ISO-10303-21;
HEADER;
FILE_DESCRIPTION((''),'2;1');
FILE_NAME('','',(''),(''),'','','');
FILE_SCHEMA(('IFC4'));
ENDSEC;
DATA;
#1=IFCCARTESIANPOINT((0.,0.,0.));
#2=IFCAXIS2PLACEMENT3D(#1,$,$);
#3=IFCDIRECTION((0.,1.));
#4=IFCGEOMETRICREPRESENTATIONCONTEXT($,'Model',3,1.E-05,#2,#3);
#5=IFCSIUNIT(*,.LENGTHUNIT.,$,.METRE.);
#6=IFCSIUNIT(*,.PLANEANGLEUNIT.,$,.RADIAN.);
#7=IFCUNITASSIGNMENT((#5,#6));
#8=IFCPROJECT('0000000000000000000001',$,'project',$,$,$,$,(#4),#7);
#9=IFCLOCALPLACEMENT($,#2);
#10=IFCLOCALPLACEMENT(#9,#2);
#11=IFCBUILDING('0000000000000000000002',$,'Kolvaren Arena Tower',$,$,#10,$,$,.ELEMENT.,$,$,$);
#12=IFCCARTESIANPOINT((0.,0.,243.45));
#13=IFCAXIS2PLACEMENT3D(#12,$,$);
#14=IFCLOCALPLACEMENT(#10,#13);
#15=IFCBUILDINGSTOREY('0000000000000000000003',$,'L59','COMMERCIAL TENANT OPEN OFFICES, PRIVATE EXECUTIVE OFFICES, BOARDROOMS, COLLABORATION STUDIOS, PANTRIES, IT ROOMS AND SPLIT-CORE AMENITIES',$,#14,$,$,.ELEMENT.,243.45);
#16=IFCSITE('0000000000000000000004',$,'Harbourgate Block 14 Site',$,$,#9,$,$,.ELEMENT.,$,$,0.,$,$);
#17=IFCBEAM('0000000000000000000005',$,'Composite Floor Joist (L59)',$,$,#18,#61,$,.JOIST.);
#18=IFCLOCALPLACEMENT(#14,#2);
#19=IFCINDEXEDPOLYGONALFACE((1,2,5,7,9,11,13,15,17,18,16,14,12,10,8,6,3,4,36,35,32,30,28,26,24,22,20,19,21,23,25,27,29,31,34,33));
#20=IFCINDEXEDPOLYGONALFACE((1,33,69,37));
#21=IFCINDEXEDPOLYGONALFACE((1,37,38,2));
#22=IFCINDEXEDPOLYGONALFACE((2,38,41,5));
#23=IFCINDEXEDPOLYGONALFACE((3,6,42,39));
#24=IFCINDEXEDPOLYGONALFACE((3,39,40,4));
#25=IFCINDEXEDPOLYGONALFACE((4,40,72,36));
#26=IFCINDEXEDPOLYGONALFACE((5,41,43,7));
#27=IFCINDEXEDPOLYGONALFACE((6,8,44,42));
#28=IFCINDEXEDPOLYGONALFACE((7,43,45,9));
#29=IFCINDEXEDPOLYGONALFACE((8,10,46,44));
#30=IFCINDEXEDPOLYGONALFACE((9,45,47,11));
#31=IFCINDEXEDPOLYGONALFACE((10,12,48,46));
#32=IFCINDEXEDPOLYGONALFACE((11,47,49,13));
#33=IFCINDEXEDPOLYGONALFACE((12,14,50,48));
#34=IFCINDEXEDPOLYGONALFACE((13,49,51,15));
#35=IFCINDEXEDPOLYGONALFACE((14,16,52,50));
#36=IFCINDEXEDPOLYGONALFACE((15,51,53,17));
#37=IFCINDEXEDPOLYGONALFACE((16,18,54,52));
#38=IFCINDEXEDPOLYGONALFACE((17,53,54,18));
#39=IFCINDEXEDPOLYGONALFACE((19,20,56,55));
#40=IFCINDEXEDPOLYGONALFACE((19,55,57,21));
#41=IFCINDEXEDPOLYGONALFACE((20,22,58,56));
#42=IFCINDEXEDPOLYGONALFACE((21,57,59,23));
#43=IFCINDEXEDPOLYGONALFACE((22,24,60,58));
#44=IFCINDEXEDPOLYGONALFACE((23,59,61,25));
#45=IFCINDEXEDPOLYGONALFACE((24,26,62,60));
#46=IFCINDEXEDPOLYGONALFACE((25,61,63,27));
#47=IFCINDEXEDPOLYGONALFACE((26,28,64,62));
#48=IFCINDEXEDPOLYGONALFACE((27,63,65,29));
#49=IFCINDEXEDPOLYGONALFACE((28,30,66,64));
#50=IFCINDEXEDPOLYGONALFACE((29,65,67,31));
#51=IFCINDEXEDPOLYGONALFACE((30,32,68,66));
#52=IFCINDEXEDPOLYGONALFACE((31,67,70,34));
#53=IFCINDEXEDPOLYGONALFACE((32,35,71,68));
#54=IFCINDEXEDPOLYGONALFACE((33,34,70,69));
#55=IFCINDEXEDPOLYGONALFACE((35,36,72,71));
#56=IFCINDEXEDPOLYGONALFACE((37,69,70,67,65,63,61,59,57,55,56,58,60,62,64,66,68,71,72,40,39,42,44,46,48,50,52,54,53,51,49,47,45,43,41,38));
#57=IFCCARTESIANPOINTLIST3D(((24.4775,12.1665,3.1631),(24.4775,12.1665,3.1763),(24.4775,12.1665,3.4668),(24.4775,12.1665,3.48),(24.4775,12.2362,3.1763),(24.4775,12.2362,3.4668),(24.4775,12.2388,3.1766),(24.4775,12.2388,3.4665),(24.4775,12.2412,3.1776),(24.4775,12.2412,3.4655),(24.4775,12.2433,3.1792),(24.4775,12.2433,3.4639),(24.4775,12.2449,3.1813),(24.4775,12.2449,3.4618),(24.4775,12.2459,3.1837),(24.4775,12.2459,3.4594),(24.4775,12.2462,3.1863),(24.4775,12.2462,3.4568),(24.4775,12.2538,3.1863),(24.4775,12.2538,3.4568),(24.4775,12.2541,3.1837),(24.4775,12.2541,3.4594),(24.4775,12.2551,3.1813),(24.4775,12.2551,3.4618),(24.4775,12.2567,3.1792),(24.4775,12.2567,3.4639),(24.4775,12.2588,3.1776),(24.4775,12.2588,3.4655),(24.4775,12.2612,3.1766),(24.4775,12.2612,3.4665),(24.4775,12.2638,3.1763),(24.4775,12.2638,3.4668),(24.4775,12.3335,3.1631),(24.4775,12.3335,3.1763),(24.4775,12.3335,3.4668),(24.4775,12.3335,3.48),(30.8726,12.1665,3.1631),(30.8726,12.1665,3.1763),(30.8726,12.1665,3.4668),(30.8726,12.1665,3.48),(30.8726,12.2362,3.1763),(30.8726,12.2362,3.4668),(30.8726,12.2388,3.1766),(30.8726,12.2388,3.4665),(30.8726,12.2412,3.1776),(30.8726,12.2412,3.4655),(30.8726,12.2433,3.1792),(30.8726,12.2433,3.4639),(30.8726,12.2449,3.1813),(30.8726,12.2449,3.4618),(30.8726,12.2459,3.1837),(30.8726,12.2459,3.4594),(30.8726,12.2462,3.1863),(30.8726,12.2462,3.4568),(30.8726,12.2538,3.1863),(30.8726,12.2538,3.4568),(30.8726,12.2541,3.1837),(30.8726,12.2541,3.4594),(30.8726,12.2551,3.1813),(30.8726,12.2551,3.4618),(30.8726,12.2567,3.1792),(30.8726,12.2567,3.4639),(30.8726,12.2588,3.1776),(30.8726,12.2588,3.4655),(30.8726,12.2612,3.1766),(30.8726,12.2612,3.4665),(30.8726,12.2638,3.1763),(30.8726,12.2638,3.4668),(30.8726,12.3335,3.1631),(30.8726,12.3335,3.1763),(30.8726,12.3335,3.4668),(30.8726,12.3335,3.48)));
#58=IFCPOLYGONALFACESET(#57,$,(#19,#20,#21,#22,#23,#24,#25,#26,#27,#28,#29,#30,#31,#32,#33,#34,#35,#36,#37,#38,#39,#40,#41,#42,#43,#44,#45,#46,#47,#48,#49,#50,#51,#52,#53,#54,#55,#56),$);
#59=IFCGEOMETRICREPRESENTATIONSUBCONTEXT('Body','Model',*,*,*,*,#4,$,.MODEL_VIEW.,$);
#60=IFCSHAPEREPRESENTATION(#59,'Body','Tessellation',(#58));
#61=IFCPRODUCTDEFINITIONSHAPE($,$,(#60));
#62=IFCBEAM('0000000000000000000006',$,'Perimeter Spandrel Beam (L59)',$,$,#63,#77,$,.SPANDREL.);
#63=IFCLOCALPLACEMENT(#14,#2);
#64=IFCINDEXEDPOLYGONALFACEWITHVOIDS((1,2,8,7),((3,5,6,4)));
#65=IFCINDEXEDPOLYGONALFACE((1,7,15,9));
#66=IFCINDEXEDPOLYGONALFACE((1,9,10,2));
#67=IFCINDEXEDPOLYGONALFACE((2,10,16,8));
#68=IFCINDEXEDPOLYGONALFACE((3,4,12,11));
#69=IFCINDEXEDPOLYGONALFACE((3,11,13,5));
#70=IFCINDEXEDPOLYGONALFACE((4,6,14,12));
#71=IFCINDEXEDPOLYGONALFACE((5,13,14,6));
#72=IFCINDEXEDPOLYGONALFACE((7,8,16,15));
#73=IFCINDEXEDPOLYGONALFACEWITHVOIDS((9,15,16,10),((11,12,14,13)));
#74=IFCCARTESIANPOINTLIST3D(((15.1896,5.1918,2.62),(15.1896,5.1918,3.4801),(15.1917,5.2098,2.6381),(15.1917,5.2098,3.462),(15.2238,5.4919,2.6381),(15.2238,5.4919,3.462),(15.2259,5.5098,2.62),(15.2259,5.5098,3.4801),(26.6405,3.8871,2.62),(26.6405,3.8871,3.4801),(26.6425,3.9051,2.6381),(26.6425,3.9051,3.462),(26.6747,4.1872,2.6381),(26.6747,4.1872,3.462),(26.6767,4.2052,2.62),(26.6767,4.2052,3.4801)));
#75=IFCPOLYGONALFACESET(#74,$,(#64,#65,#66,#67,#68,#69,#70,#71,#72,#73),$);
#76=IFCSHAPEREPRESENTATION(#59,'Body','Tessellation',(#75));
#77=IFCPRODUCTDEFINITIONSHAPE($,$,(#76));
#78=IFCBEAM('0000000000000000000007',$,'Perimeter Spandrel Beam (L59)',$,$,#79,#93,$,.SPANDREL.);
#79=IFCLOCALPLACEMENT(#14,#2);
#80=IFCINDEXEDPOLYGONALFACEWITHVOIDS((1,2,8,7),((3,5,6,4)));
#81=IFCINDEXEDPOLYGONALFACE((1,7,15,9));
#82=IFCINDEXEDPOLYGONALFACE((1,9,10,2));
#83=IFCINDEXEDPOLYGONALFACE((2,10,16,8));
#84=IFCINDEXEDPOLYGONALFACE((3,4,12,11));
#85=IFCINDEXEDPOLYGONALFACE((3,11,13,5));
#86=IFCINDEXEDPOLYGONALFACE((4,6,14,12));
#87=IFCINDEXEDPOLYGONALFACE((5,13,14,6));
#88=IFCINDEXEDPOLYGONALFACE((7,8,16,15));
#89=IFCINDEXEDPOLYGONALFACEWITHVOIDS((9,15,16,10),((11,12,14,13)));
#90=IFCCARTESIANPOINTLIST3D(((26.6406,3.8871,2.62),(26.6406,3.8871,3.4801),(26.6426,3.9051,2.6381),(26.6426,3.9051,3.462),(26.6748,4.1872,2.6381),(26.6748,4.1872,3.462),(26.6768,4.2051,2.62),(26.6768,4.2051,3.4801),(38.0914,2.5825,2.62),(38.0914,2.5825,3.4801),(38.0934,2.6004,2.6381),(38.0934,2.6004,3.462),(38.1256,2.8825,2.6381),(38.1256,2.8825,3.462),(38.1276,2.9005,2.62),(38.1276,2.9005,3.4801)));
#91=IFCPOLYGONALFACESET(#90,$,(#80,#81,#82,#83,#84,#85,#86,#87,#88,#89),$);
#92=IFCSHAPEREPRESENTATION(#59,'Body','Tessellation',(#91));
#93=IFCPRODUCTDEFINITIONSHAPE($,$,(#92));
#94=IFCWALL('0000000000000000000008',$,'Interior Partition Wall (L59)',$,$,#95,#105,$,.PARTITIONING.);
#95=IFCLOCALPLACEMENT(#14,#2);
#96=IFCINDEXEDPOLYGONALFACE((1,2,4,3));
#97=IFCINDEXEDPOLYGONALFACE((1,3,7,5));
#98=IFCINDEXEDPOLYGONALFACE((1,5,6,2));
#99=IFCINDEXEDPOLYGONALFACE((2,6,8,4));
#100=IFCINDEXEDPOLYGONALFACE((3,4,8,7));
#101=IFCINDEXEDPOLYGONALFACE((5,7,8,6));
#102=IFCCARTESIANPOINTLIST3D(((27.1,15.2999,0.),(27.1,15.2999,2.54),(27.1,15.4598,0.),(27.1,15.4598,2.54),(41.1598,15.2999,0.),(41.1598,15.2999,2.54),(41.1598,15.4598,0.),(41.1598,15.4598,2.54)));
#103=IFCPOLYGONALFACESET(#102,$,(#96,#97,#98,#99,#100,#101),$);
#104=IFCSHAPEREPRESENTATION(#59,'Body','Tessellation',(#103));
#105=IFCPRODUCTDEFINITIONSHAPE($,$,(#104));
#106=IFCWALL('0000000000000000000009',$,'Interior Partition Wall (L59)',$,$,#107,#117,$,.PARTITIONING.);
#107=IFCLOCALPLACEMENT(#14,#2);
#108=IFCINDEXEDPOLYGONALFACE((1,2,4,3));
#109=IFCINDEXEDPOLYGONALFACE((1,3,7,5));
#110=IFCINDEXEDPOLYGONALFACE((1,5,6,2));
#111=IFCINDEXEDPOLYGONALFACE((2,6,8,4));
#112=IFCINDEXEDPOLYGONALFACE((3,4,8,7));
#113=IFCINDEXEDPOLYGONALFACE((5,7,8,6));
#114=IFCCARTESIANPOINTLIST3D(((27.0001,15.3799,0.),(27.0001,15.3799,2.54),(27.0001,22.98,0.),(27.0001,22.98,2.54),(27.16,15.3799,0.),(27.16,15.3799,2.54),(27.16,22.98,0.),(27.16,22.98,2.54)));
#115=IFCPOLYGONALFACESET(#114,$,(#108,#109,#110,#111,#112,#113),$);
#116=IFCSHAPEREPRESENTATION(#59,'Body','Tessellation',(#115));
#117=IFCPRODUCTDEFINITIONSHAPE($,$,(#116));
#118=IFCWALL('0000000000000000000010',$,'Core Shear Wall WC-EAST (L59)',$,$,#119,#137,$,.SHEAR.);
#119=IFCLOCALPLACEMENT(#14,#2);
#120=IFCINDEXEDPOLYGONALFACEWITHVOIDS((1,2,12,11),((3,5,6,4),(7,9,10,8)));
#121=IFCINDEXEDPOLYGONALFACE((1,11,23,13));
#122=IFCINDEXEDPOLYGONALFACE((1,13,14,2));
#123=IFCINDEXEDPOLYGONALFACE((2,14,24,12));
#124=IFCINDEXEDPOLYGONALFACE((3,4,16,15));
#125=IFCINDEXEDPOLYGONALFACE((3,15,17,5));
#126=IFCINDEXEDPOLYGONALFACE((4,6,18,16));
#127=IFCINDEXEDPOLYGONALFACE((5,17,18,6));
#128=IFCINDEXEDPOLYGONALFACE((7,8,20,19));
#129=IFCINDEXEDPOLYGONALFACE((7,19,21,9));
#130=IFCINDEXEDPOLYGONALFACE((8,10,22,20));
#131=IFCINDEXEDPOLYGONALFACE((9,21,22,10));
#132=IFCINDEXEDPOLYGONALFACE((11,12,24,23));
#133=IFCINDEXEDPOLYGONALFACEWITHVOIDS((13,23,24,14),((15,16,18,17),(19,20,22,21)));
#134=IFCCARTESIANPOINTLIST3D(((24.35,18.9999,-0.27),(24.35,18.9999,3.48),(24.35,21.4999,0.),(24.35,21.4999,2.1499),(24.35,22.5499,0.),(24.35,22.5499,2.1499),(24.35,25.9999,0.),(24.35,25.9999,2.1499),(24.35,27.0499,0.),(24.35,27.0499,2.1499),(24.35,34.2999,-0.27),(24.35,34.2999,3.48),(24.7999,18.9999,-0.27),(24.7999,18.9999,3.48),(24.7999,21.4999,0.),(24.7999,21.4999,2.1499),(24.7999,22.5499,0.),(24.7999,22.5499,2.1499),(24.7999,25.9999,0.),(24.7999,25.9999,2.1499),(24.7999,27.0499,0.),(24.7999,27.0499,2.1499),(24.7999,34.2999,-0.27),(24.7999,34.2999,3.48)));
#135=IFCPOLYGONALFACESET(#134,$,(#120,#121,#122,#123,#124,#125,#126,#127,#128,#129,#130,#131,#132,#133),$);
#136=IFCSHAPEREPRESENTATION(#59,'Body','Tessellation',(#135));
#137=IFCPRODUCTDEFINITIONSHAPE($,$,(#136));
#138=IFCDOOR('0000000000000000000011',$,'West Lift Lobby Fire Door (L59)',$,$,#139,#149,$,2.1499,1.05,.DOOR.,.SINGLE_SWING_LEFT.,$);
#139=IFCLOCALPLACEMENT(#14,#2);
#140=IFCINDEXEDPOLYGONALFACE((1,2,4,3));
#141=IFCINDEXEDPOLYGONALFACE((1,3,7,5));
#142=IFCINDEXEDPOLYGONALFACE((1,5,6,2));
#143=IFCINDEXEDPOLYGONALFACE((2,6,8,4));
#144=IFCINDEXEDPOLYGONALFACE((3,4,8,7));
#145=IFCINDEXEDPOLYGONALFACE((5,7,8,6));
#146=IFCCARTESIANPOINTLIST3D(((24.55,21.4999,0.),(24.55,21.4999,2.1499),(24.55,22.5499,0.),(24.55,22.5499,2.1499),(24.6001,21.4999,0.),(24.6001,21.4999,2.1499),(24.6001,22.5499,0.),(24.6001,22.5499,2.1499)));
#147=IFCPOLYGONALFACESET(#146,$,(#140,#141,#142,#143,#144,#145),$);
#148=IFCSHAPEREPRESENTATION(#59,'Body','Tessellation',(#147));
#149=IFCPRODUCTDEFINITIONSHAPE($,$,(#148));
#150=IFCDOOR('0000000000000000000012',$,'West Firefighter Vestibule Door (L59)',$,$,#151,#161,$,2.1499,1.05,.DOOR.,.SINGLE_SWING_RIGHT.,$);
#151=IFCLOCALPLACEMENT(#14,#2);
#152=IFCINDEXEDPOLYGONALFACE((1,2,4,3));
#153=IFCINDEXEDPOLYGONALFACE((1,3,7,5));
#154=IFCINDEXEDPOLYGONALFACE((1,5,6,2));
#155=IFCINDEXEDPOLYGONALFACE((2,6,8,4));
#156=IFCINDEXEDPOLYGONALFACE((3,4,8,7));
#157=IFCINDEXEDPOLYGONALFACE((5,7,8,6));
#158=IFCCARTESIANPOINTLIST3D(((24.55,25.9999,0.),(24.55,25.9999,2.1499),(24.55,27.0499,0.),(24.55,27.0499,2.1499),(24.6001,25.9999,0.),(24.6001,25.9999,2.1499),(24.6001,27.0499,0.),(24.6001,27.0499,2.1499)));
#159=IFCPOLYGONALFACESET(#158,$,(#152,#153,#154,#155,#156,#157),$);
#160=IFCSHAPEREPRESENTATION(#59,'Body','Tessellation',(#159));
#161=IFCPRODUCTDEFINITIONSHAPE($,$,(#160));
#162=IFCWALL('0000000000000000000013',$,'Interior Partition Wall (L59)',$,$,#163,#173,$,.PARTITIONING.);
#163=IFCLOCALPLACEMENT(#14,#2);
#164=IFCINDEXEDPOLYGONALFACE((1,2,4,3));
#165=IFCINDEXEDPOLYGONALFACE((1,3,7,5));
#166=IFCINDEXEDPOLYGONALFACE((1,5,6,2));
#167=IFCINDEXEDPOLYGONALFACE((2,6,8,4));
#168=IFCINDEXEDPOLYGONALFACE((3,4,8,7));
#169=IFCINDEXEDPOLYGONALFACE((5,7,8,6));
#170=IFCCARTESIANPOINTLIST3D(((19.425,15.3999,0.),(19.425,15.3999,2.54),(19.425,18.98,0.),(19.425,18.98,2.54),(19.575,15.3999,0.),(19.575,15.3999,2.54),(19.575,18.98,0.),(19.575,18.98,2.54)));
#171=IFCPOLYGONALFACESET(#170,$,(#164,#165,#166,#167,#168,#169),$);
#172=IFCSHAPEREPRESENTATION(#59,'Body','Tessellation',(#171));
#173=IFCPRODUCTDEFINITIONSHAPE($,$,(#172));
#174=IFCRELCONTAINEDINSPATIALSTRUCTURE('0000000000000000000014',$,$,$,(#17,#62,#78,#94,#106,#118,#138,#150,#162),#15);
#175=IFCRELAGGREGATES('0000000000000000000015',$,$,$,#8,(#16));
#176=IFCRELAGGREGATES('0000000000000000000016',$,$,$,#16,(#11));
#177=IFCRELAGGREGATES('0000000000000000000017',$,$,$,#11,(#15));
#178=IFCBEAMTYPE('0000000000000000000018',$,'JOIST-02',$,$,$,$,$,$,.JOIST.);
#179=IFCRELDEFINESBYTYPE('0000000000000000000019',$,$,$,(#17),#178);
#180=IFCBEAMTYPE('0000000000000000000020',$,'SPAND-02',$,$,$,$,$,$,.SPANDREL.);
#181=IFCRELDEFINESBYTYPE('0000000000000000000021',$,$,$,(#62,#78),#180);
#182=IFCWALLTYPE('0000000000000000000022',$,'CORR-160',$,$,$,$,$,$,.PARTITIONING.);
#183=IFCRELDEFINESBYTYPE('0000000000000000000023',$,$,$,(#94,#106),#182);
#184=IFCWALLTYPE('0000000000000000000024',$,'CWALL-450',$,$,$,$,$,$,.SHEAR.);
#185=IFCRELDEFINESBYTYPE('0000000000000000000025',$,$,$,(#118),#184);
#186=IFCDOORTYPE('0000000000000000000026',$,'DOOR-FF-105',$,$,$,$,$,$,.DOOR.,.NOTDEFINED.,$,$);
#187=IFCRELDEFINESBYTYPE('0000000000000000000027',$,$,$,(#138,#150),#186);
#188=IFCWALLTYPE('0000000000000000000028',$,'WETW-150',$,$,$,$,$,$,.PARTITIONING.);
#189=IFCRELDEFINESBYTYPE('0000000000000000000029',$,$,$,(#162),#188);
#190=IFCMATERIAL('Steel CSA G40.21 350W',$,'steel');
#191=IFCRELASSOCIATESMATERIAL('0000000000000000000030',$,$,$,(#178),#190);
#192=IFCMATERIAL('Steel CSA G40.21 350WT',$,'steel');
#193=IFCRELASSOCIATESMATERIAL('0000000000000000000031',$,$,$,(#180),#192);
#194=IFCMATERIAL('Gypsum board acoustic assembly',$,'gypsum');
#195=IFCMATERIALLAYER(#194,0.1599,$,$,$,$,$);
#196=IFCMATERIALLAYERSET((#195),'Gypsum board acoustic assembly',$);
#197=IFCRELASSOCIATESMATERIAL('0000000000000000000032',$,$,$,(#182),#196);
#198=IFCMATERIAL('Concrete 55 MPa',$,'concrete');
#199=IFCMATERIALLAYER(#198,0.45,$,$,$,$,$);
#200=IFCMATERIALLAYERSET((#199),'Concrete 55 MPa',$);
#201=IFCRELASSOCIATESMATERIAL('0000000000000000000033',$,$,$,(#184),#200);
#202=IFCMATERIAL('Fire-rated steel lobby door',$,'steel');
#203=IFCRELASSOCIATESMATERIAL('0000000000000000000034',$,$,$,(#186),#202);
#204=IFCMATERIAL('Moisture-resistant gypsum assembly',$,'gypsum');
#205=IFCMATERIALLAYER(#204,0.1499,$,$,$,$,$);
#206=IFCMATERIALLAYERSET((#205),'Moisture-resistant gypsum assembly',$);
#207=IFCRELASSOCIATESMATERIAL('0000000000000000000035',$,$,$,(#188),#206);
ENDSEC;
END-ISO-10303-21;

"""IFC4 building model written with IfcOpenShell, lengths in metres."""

from ifc_helpers import new_model, si_unit, direction, frame, frame_2d, origin, origin_2d, place, context, subcontext, project, spatial, rectangle, hollow_rectangle, i_section, extrude, material, layer, layer_set, material_profile, profile_set, type_object, element, fill, save


model = new_model("IFC4")

# Units and contexts
model_context = context("Model", 3, precision=1e-05, world=origin(), true_north=direction((0.0, 1.0)))
body_context = subcontext(model_context, "Body", "Model", "MODEL_VIEW")
ifc_project = project(units=[si_unit("LENGTHUNIT", "METRE"), si_unit("PLANEANGLEUNIT", "RADIAN")], contexts=[model_context])

# Site, building, storey
site_placement = place(None, origin())
site = spatial("IfcSite", under=ifc_project, at=site_placement, Name="Harbourgate Block 14 Site", CompositionType="ELEMENT", RefElevation=0.0)
building_placement = place(site_placement, origin())
building = spatial("IfcBuilding", under=site, at=building_placement, Name="Kolvaren Arena Tower", CompositionType="ELEMENT")
storey_placement = place(building_placement, frame((0.0, 0.0, 243.45)))
storey = spatial("IfcBuildingStorey", under=building, at=storey_placement, Name="L59", Description="COMMERCIAL TENANT OPEN OFFICES, PRIVATE EXECUTIVE OFFICES, BOARDROOMS, COLLABORATION STUDIOS, PANTRIES, IT ROOMS AND SPLIT-CORE AMENITIES", CompositionType="ELEMENT", Elevation=243.45)

# Beams
ifc_material_1 = material(Name="Steel CSA G40.21 350W", Category="steel")
ifc_material_profile_1 = material_profile(ifc_material_1, i_section(OverallWidth=0.167, OverallDepth=0.3169, WebThickness=0.0076, FlangeThickness=0.0132, FilletRadius=0.01, at=origin_2d()), Name="W310x52")
ifc_profile_set_1 = profile_set([ifc_material_profile_1], Name="Steel CSA G40.21 350W")
beam_type_1 = type_object("IfcBeamType", Name="JOIST-02", PredefinedType="JOIST", material=ifc_profile_set_1)
for number, where, z_axis, x_axis, name in (
    (1, (24.4775, 12.25, 3.3215), (1.0, 0.0, 0.0), (0.0, 1.0, 0.0), "Composite Floor Joist (L59)"),
):
    element("IfcBeam", number, at=place(storey_placement, frame(where, z_axis=z_axis, x_axis=x_axis)), inside=storey, type_object=beam_type_1, Name=name, PredefinedType="JOIST", context=body_context, shape_type="SweptSolid", body=[
        extrude(i_section(OverallWidth=0.167, OverallDepth=0.3169, WebThickness=0.0076, FlangeThickness=0.0132, FilletRadius=0.01, at=origin_2d()), origin(), (0.0, 0.0, 1.0), 6.395),
    ])
ifc_material_2 = material(Name="Steel CSA G40.21 350WT", Category="steel")
ifc_material_profile_2 = material_profile(ifc_material_2, hollow_rectangle(XDim=0.3201, YDim=0.8601, WallThickness=0.0181, at=origin_2d()), Name="HSS 860x320x18")
ifc_profile_set_2 = profile_set([ifc_material_profile_2], Name="Steel CSA G40.21 350WT")
beam_type_2 = type_object("IfcBeamType", Name="SPAND-02", PredefinedType="SPANDREL", material=ifc_profile_set_2)
for number, where, z_axis, x_axis, name in (
    (2, (15.2078, 5.3508, 3.05), (0.993572, -0.113205, 0.0), (0.113205, 0.993572, 0.0), "Perimeter Spandrel Beam (L59)"),
    (3, (26.6587, 4.0461, 3.05), (0.993572, -0.113205, 0.0), (0.113205, 0.993572, 0.0), "Perimeter Spandrel Beam (L59)"),
):
    element("IfcBeam", number, at=place(storey_placement, frame(where, z_axis=z_axis, x_axis=x_axis)), inside=storey, type_object=beam_type_2, Name=name, PredefinedType="SPANDREL", context=body_context, shape_type="SweptSolid", body=[
        extrude(hollow_rectangle(XDim=0.3201, YDim=0.8601, WallThickness=0.0181, at=origin_2d()), origin(), (0.0, 0.0, 1.0), 11.5249),
    ])

# Walls
ifc_material_3 = material(Name="Gypsum board acoustic assembly", Category="gypsum")
ifc_layer_1 = layer(ifc_material_3, 0.1599)
ifc_layer_set_1 = layer_set([ifc_layer_1], Name="Gypsum board acoustic assembly")
wall_type_1 = type_object("IfcWallType", Name="CORR-160", PredefinedType="PARTITIONING", material=ifc_layer_set_1)
wall_1_placement = place(storey_placement, frame((27.1001, 15.3799, 0.0), z_axis=(0.0, 0.0, 1.0), x_axis=(1.0, 0.0, 0.0)))
element("IfcWall", 4, at=wall_1_placement, inside=storey, type_object=wall_type_1, Name="Interior Partition Wall (L59)", PredefinedType="PARTITIONING", context=body_context, shape_type="SweptSolid", body=[
    extrude(rectangle(XDim=14.0598, YDim=0.1599, at=frame_2d((7.0298, 0.0))), origin(), (0.0, 0.0, 1.0), 2.54),
])
wall_2_placement = place(storey_placement, frame((27.0801, 15.3799, 0.0), z_axis=(0.0, 0.0, 1.0), x_axis=(0.0, 1.0, 0.0)))
element("IfcWall", 5, at=wall_2_placement, inside=storey, type_object=wall_type_1, Name="Interior Partition Wall (L59)", PredefinedType="PARTITIONING", context=body_context, shape_type="SweptSolid", body=[
    extrude(rectangle(XDim=7.6001, YDim=0.1599, at=frame_2d((3.8, 0.0))), origin(), (0.0, 0.0, 1.0), 2.54),
])

# Wall, openings, doors
ifc_material_4 = material(Name="Concrete 55 MPa", Category="concrete")
ifc_layer_2 = layer(ifc_material_4, 0.45)
ifc_layer_set_2 = layer_set([ifc_layer_2], Name="Concrete 55 MPa")
wall_type_2 = type_object("IfcWallType", Name="CWALL-450", PredefinedType="SHEAR", material=ifc_layer_set_2)
wall_3_placement = place(storey_placement, frame((24.575, 19.0, -0.27), z_axis=(0.0, 0.0, 1.0), x_axis=(0.0, 1.0, 0.0)))
wall_3 = element("IfcWall", 6, at=wall_3_placement, inside=storey, type_object=wall_type_2, Name="Core Shear Wall WC-EAST (L59)", PredefinedType="SHEAR", context=body_context, shape_type="SweptSolid", body=[
    extrude(rectangle(XDim=15.3, YDim=0.45, at=frame_2d((7.6499, 0.0))), origin(), (0.0, 0.0, 1.0), 3.75),
])
opening_1_placement = place(wall_3_placement, frame((2.5, 0.0, 0.27)))
opening_1 = element("IfcOpeningElement", 7, at=opening_1_placement, cuts=wall_3, PredefinedType="OPENING", context=body_context, shape_type="SweptSolid", body=[
    extrude(rectangle(XDim=1.05, YDim=2.1499, at=frame_2d((0.5249, 1.075))), frame((0.0, 0.2349, 0.0), z_axis=(0.0, -1.0, 0.0), x_axis=(1.0, 0.0, 0.0)), (0.0, 0.0, 1.0), 0.47),
])
opening_2_placement = place(wall_3_placement, frame((7.0, 0.0, 0.27)))
opening_2 = element("IfcOpeningElement", 8, at=opening_2_placement, cuts=wall_3, PredefinedType="OPENING", context=body_context, shape_type="SweptSolid", body=[
    extrude(rectangle(XDim=1.05, YDim=2.1499, at=frame_2d((0.5249, 1.075))), frame((0.0, 0.2349, 0.0), z_axis=(0.0, -1.0, 0.0), x_axis=(1.0, 0.0, 0.0)), (0.0, 0.0, 1.0), 0.47),
])
ifc_material_5 = material(Name="Fire-rated steel lobby door", Category="steel")
door_type = type_object("IfcDoorType", Name="DOOR-FF-105", OperationType="NOTDEFINED", PredefinedType="DOOR", material=ifc_material_5)
door_1_placement = place(opening_1_placement, origin())
door_1 = element("IfcDoor", 9, at=door_1_placement, inside=storey, type_object=door_type, Name="West Lift Lobby Fire Door (L59)", OperationType="SINGLE_SWING_LEFT", OverallHeight=2.1499, OverallWidth=1.05, PredefinedType="DOOR", context=body_context, shape_type="SweptSolid", body=[
    extrude(rectangle(XDim=1.05, YDim=2.1499, at=frame_2d((0.5249, 1.075))), frame((0.0, 0.0249, 0.0), z_axis=(0.0, -1.0, 0.0), x_axis=(1.0, 0.0, 0.0)), (0.0, 0.0, 1.0), 0.05),
])
fill(opening_1, door_1)
door_2_placement = place(opening_2_placement, origin())
door_2 = element("IfcDoor", 10, at=door_2_placement, inside=storey, type_object=door_type, Name="West Firefighter Vestibule Door (L59)", OperationType="SINGLE_SWING_RIGHT", OverallHeight=2.1499, OverallWidth=1.05, PredefinedType="DOOR", context=body_context, shape_type="SweptSolid", body=[
    extrude(rectangle(XDim=1.05, YDim=2.1499, at=frame_2d((0.5249, 1.075))), frame((0.0, 0.0249, 0.0), z_axis=(0.0, -1.0, 0.0), x_axis=(1.0, 0.0, 0.0)), (0.0, 0.0, 1.0), 0.05),
])
fill(opening_2, door_2)

# Wall
ifc_material_6 = material(Name="Moisture-resistant gypsum assembly", Category="gypsum")
ifc_layer_3 = layer(ifc_material_6, 0.1499)
ifc_layer_set_3 = layer_set([ifc_layer_3], Name="Moisture-resistant gypsum assembly")
wall_type_3 = type_object("IfcWallType", Name="WETW-150", PredefinedType="PARTITIONING", material=ifc_layer_set_3)
for number, where, z_axis, x_axis, name in (
    (11, (19.5, 15.3999, 0.0), (0.0, 0.0, 1.0), (0.0, 1.0, 0.0), "Interior Partition Wall (L59)"),
):
    element("IfcWall", number, at=place(storey_placement, frame(where, z_axis=z_axis, x_axis=x_axis)), inside=storey, type_object=wall_type_3, Name=name, PredefinedType="PARTITIONING", context=body_context, shape_type="SweptSolid", body=[
        extrude(rectangle(XDim=3.5801, YDim=0.1499, at=frame_2d((1.79, 0.0))), origin(), (0.0, 0.0, 1.0), 2.54),
    ])

save(model, "model.ifc")
